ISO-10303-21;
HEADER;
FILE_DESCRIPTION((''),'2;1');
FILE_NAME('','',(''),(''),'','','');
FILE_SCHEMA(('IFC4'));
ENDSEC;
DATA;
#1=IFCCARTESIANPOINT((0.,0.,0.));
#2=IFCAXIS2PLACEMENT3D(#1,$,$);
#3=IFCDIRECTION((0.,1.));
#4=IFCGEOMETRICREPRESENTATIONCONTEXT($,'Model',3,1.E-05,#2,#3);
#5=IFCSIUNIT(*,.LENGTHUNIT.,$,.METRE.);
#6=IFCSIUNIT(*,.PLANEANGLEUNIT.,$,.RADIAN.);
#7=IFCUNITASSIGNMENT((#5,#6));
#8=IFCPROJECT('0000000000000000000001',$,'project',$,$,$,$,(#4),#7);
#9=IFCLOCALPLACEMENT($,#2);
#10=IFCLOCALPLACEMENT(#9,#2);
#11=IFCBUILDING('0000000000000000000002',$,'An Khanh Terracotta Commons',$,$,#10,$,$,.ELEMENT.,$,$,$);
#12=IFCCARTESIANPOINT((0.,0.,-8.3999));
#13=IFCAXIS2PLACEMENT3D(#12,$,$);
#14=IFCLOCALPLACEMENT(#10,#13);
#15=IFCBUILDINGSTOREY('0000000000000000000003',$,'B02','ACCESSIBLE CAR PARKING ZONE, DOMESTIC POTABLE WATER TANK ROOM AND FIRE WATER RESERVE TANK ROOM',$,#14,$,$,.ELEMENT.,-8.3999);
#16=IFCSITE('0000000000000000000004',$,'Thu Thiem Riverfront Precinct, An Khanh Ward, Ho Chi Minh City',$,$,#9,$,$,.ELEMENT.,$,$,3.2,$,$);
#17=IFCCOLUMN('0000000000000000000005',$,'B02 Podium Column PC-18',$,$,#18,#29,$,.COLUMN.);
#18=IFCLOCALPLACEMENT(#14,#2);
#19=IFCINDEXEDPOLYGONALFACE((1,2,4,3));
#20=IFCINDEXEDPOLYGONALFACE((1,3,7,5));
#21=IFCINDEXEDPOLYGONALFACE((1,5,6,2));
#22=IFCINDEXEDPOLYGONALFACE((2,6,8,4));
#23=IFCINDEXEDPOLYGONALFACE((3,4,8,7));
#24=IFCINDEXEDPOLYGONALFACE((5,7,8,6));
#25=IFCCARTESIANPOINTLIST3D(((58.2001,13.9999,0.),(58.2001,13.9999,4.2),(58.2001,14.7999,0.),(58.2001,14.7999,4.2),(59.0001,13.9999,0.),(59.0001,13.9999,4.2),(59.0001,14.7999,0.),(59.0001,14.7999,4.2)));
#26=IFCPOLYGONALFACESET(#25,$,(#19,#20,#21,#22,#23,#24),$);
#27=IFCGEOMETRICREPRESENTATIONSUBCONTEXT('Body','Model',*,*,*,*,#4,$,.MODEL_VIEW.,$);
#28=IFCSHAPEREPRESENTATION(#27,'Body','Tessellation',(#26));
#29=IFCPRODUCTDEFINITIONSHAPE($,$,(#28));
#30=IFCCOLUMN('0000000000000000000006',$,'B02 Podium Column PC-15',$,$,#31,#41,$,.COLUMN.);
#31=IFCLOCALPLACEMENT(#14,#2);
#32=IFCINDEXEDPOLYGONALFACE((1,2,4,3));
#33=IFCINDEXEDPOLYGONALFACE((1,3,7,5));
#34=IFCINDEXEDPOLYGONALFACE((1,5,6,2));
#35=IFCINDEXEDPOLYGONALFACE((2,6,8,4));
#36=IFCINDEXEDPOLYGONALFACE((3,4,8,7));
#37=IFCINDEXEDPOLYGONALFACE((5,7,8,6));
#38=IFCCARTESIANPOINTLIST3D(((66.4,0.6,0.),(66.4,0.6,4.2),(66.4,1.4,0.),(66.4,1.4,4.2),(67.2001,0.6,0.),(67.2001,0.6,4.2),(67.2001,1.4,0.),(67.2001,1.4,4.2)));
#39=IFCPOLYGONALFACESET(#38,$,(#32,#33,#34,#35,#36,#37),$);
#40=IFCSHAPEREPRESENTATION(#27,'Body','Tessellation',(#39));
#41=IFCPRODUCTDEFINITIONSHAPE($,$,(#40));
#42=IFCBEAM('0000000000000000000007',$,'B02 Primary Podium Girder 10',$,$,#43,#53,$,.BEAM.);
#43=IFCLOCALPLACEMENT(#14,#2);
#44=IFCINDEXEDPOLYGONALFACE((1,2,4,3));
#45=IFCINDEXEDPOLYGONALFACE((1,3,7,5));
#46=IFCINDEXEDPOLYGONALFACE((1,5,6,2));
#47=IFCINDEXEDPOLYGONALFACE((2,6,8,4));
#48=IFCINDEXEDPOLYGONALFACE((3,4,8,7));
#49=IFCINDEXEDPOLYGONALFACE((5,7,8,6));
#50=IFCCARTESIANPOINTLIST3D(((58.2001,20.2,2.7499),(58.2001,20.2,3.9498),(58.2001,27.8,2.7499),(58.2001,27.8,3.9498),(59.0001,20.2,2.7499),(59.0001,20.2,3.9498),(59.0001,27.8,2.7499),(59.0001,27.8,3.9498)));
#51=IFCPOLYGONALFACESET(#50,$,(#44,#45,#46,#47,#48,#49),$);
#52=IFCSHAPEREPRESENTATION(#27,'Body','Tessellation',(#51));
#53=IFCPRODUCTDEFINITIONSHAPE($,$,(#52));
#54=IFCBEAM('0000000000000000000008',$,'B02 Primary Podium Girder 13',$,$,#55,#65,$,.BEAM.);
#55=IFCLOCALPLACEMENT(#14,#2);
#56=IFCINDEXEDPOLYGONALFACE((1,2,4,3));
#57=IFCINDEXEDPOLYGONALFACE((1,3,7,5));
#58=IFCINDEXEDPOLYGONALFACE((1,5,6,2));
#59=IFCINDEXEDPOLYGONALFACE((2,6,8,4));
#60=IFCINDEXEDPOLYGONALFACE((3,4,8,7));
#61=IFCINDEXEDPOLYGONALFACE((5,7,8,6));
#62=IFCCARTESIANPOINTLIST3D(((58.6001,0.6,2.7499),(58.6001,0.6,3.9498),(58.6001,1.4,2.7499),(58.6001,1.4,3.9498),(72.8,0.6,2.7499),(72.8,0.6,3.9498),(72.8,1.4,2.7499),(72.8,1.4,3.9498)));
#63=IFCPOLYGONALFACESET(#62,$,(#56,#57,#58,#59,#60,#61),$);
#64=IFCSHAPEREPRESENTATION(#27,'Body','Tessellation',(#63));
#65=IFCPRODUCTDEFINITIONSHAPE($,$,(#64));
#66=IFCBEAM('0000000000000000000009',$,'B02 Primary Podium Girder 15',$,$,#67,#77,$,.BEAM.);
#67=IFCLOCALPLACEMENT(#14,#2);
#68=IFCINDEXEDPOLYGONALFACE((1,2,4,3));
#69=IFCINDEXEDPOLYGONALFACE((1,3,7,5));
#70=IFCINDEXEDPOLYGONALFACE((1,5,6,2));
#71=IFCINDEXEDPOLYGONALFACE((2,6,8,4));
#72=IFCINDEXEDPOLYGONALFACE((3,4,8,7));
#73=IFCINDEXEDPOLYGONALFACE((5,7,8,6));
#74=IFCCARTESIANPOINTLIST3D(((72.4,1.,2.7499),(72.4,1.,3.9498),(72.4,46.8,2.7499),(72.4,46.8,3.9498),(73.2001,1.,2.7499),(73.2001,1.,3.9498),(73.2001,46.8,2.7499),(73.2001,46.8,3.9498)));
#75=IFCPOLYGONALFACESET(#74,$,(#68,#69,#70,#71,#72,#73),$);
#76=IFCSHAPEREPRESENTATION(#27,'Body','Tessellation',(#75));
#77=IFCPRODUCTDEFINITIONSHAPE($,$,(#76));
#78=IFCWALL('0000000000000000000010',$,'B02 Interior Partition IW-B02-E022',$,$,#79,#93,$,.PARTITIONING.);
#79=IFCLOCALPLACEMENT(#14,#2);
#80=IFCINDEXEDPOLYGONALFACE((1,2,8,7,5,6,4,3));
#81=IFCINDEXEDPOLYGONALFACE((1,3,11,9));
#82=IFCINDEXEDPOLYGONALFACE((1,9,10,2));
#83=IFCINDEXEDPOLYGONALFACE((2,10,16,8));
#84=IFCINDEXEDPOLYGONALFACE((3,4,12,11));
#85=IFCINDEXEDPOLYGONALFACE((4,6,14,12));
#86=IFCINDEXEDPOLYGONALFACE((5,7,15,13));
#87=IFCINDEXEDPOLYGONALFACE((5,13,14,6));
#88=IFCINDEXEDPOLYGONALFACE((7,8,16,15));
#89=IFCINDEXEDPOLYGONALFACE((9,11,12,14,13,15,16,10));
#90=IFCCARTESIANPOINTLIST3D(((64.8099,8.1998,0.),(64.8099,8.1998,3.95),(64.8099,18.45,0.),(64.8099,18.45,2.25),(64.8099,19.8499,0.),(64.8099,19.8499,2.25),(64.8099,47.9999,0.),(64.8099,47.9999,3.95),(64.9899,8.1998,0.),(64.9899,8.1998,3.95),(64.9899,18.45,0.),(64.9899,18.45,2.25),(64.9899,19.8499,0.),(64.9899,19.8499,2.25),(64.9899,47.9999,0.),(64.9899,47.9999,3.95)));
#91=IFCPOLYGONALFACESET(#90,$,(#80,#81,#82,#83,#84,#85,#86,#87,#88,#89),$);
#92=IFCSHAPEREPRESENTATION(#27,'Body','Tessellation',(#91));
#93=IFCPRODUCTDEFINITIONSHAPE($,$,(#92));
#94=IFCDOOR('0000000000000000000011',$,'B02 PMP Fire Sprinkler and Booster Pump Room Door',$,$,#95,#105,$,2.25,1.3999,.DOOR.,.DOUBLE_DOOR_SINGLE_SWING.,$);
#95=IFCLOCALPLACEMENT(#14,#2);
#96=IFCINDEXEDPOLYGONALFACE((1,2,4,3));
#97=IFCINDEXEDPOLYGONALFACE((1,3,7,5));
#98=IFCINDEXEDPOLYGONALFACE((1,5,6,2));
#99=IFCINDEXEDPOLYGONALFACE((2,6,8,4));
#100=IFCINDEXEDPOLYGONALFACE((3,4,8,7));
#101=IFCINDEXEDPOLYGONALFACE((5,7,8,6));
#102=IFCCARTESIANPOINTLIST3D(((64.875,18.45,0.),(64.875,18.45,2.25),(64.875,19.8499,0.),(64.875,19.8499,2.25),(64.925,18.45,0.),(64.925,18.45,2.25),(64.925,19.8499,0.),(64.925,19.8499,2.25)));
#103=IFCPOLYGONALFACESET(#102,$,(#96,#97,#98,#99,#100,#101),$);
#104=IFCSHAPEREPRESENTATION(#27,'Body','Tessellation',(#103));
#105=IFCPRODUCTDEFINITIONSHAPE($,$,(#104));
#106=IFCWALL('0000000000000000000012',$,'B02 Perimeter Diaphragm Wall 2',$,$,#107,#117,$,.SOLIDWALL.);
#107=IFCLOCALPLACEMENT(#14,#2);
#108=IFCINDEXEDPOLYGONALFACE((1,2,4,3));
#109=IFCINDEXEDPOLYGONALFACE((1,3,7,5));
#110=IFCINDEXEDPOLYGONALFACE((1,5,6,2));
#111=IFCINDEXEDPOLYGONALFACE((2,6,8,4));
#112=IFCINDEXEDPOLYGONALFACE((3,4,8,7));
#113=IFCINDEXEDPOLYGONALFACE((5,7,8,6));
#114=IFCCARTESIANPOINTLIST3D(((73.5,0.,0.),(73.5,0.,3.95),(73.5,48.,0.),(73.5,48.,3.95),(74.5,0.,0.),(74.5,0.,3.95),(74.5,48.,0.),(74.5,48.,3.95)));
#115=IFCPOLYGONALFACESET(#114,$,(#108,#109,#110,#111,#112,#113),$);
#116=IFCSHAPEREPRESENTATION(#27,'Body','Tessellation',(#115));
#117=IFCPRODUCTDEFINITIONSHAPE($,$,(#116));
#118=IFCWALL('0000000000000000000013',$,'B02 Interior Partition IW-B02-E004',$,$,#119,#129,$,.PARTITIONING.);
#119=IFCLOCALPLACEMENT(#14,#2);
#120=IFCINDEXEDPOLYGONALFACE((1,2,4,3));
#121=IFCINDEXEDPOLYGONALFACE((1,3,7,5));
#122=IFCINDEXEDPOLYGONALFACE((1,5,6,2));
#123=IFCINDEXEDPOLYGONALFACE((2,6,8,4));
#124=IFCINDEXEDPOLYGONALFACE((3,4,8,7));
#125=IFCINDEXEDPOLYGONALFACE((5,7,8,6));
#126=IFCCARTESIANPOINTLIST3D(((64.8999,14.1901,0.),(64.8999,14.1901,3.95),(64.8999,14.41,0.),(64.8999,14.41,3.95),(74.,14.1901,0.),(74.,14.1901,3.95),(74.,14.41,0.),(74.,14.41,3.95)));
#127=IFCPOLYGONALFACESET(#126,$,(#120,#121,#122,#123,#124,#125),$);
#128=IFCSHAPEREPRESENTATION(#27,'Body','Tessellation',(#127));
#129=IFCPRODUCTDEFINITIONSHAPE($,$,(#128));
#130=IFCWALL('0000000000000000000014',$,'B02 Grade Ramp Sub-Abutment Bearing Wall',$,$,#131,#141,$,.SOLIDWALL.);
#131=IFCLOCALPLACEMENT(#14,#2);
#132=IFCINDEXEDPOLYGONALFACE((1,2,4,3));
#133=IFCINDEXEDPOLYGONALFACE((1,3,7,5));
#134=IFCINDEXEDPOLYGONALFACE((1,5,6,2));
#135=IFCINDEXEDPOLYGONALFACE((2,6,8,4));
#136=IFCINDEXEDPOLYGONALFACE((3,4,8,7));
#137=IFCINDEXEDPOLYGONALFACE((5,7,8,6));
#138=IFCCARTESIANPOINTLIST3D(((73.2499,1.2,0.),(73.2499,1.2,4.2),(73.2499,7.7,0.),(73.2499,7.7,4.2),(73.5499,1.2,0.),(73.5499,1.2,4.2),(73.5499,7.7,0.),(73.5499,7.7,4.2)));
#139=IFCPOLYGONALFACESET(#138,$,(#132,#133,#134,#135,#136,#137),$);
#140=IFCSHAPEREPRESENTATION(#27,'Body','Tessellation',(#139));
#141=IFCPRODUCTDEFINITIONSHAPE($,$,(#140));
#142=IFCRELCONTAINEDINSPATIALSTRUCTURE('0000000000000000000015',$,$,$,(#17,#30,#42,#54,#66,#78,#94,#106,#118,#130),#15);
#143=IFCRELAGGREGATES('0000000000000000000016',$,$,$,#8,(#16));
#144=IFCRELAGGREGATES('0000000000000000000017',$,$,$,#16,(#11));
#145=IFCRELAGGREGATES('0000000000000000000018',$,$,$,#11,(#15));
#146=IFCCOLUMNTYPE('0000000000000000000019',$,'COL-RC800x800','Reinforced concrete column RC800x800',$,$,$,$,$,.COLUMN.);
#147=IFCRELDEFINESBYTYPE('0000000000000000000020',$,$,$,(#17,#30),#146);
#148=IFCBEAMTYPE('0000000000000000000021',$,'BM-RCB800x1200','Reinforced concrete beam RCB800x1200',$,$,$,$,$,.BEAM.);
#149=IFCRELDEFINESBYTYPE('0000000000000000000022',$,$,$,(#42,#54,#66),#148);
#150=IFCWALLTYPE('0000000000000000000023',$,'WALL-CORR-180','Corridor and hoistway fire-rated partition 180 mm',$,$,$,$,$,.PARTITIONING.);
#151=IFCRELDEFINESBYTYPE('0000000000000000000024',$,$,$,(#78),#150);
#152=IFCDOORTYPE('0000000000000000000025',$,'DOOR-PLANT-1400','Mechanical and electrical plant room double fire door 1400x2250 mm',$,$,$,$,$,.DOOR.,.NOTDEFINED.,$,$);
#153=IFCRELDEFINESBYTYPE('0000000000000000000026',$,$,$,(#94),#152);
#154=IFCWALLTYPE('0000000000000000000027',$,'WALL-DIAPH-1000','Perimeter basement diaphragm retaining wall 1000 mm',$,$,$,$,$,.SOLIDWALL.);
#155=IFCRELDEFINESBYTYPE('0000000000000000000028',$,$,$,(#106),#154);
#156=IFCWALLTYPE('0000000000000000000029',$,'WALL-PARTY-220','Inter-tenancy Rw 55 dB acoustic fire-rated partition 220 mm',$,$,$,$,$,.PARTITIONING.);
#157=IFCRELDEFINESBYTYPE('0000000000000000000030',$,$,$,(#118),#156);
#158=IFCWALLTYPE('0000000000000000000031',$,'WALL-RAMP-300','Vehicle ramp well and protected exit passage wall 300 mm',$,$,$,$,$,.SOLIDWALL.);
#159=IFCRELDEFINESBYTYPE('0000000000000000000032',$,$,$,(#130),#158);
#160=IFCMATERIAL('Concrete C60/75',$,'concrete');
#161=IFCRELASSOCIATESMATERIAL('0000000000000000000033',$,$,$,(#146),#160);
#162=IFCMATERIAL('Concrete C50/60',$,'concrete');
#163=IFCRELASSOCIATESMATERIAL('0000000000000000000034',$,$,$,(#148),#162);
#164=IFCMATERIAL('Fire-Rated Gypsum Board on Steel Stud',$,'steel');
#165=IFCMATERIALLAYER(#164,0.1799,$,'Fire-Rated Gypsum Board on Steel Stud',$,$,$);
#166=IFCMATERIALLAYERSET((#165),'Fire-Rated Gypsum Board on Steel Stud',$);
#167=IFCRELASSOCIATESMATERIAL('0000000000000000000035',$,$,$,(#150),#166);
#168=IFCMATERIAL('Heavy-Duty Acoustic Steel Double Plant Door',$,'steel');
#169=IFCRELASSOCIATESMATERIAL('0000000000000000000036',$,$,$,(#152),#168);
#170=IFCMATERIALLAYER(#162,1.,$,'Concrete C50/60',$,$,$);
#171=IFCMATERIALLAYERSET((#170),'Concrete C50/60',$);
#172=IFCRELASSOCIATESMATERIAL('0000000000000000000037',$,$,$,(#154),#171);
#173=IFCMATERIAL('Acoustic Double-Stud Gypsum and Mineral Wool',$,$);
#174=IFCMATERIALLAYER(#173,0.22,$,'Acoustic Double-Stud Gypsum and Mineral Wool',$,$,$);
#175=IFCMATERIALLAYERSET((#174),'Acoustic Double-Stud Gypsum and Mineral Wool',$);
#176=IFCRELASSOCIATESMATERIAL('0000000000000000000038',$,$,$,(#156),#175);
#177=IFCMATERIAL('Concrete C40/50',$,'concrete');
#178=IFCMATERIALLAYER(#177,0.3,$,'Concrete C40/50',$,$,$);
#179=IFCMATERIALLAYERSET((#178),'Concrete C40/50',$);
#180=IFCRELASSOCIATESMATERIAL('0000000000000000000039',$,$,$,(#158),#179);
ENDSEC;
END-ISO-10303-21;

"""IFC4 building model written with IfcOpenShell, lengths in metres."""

from ifc_helpers import new_model, si_unit, direction, frame, frame_2d, origin, origin_2d, place, context, subcontext, project, spatial, rectangle, extrude, material, layer, layer_set, material_profile, profile_set, type_object, element, fill, save


model = new_model("IFC4")

# Units and contexts
model_context = context("Model", 3, precision=1e-05, world=origin(), true_north=direction((0.0, 1.0)))
body_context = subcontext(model_context, "Body", "Model", "MODEL_VIEW")
ifc_project = project(units=[si_unit("LENGTHUNIT", "METRE"), si_unit("PLANEANGLEUNIT", "RADIAN")], contexts=[model_context])

# Site, building, storey
site_placement = place(None, origin())
site = spatial("IfcSite", under=ifc_project, at=site_placement, Name="Thu Thiem Riverfront Precinct, An Khanh Ward, Ho Chi Minh City", CompositionType="ELEMENT", RefElevation=3.2)
building_placement = place(site_placement, origin())
building = spatial("IfcBuilding", under=site, at=building_placement, Name="An Khanh Terracotta Commons", CompositionType="ELEMENT")
storey_placement = place(building_placement, frame((0.0, 0.0, -8.3999)))
storey = spatial("IfcBuildingStorey", under=building, at=storey_placement, Name="B02", Description="ACCESSIBLE CAR PARKING ZONE, DOMESTIC POTABLE WATER TANK ROOM AND FIRE WATER RESERVE TANK ROOM", CompositionType="ELEMENT", Elevation=-8.3999)

# Shared definitions
ifc_material_1 = material(Name="Concrete C50/60", Category="concrete")

# Columns
ifc_material_2 = material(Name="Concrete C60/75", Category="concrete")
ifc_material_profile_1 = material_profile(ifc_material_2, rectangle(XDim=0.8, YDim=0.8, at=origin_2d()), Name="RC800x800")
ifc_profile_set_1 = profile_set([ifc_material_profile_1], Name="Concrete C60/75")
column_type = type_object("IfcColumnType", Name="COL-RC800x800", Description="Reinforced concrete column RC800x800", PredefinedType="COLUMN", material=ifc_profile_set_1)
for number, where, z_axis, x_axis, name in (
    (1, (58.6001, 14.3999, 0.0), (0.0, 0.0, 1.0), (1.0, 0.0, 0.0), "B02 Podium Column PC-18"),
    (2, (66.8, 1.0, 0.0), (0.0, 0.0, 1.0), (1.0, 0.0, 0.0), "B02 Podium Column PC-15"),
):
    element("IfcColumn", number, at=place(storey_placement, frame(where, z_axis=z_axis, x_axis=x_axis)), inside=storey, type_object=column_type, Name=name, PredefinedType="COLUMN", context=body_context, shape_type="SweptSolid", body=[
        extrude(rectangle(XDim=0.8, YDim=0.8, at=origin_2d()), origin(), (0.0, 0.0, 1.0), 4.2),
    ])

# Beams
ifc_material_profile_2 = material_profile(ifc_material_1, rectangle(XDim=0.8, YDim=1.2, at=origin_2d()), Name="RCB800x1200")
ifc_profile_set_2 = profile_set([ifc_material_profile_2], Name="Concrete C50/60")
beam_type = type_object("IfcBeamType", Name="BM-RCB800x1200", Description="Reinforced concrete beam RCB800x1200", PredefinedType="BEAM", material=ifc_profile_set_2)
beam_1_placement = place(storey_placement, frame((58.6001, 20.2, 3.3499), z_axis=(0.0, 1.0, 0.0), x_axis=(-1.0, 0.0, 0.0)))
element("IfcBeam", 3, at=beam_1_placement, inside=storey, type_object=beam_type, Name="B02 Primary Podium Girder 10", PredefinedType="BEAM", context=body_context, shape_type="SweptSolid", body=[
    extrude(rectangle(XDim=0.8, YDim=1.2, at=origin_2d()), origin(), (0.0, 0.0, 1.0), 7.6001),
])
beam_2_placement = place(storey_placement, frame((58.6001, 1.0, 3.3499), z_axis=(1.0, 0.0, 0.0), x_axis=(0.0, 1.0, 0.0)))
element("IfcBeam", 4, at=beam_2_placement, inside=storey, type_object=beam_type, Name="B02 Primary Podium Girder 13", PredefinedType="BEAM", context=body_context, shape_type="SweptSolid", body=[
    extrude(rectangle(XDim=0.8, YDim=1.2, at=origin_2d()), origin(), (0.0, 0.0, 1.0), 14.2),
])
beam_3_placement = place(storey_placement, frame((72.8, 1.0, 3.3499), z_axis=(0.0, 1.0, 0.0), x_axis=(-1.0, 0.0, 0.0)))
element("IfcBeam", 5, at=beam_3_placement, inside=storey, type_object=beam_type, Name="B02 Primary Podium Girder 15", PredefinedType="BEAM", context=body_context, shape_type="SweptSolid", body=[
    extrude(rectangle(XDim=0.8, YDim=1.2, at=origin_2d()), origin(), (0.0, 0.0, 1.0), 45.8),
])

# Wall, opening, door
ifc_material_3 = material(Name="Fire-Rated Gypsum Board on Steel Stud", Category="steel")
ifc_layer_1 = layer(ifc_material_3, 0.1799, Name="Fire-Rated Gypsum Board on Steel Stud")
ifc_layer_set_1 = layer_set([ifc_layer_1], Name="Fire-Rated Gypsum Board on Steel Stud")
wall_type_1 = type_object("IfcWallType", Name="WALL-CORR-180", Description="Corridor and hoistway fire-rated partition 180 mm", PredefinedType="PARTITIONING", material=ifc_layer_set_1)
wall_1_placement = place(storey_placement, frame((64.8999, 8.2, 0.0), z_axis=(0.0, 0.0, 1.0), x_axis=(0.0, 1.0, 0.0)))
wall_1 = element("IfcWall", 6, at=wall_1_placement, inside=storey, type_object=wall_type_1, Name="B02 Interior Partition IW-B02-E022", PredefinedType="PARTITIONING", context=body_context, shape_type="SweptSolid", body=[
    extrude(rectangle(XDim=39.8, YDim=0.1799, at=frame_2d((19.8999, 0.0))), origin(), (0.0, 0.0, 1.0), 3.95),
])
opening_placement = place(wall_1_placement, frame((10.25, 0.0, 0.0)))
opening = element("IfcOpeningElement", 7, at=opening_placement, cuts=wall_1, PredefinedType="OPENING", context=body_context, shape_type="SweptSolid", body=[
    extrude(rectangle(XDim=1.3999, YDim=2.25, at=frame_2d((0.7, 1.125))), frame((0.0, 0.0999, 0.0), z_axis=(0.0, -1.0, 0.0), x_axis=(1.0, 0.0, 0.0)), (0.0, 0.0, 1.0), 0.2),
])
ifc_material_4 = material(Name="Heavy-Duty Acoustic Steel Double Plant Door", Category="steel")
door_type = type_object("IfcDoorType", Name="DOOR-PLANT-1400", Description="Mechanical and electrical plant room double fire door 1400x2250 mm", OperationType="NOTDEFINED", PredefinedType="DOOR", material=ifc_material_4)
door_placement = place(opening_placement, origin())
door = element("IfcDoor", 8, at=door_placement, inside=storey, type_object=door_type, Name="B02 PMP Fire Sprinkler and Booster Pump Room Door", OperationType="DOUBLE_DOOR_SINGLE_SWING", OverallHeight=2.25, OverallWidth=1.3999, PredefinedType="DOOR", context=body_context, shape_type="SweptSolid", body=[
    extrude(rectangle(XDim=1.3999, YDim=2.25, at=frame_2d((0.7, 1.125))), frame((0.0, 0.0249, 0.0), z_axis=(0.0, -1.0, 0.0), x_axis=(1.0, 0.0, 0.0)), (0.0, 0.0, 1.0), 0.05),
])
fill(opening, door)

# Walls
ifc_layer_2 = layer(ifc_material_1, 1.0, Name="Concrete C50/60")
ifc_layer_set_2 = layer_set([ifc_layer_2], Name="Concrete C50/60")
wall_type_2 = type_object("IfcWallType", Name="WALL-DIAPH-1000", Description="Perimeter basement diaphragm retaining wall 1000 mm", PredefinedType="SOLIDWALL", material=ifc_layer_set_2)
wall_2_placement = place(storey_placement, frame((74.0, 0.0, 0.0), z_axis=(0.0, 0.0, 1.0), x_axis=(0.0, 1.0, 0.0)))
element("IfcWall", 9, at=wall_2_placement, inside=storey, type_object=wall_type_2, Name="B02 Perimeter Diaphragm Wall 2", PredefinedType="SOLIDWALL", context=body_context, shape_type="SweptSolid", body=[
    extrude(rectangle(XDim=48.0, YDim=1.0, at=frame_2d((24.0, 0.0))), origin(), (0.0, 0.0, 1.0), 3.95),
])
ifc_material_5 = material(Name="Acoustic Double-Stud Gypsum and Mineral Wool")
ifc_layer_3 = layer(ifc_material_5, 0.22, Name="Acoustic Double-Stud Gypsum and Mineral Wool")
ifc_layer_set_3 = layer_set([ifc_layer_3], Name="Acoustic Double-Stud Gypsum and Mineral Wool")
wall_type_3 = type_object("IfcWallType", Name="WALL-PARTY-220", Description="Inter-tenancy Rw 55 dB acoustic fire-rated partition 220 mm", PredefinedType="PARTITIONING", material=ifc_layer_set_3)
wall_3_placement = place(storey_placement, frame((64.8999, 14.3, 0.0), z_axis=(0.0, 0.0, 1.0), x_axis=(1.0, 0.0, 0.0)))
element("IfcWall", 10, at=wall_3_placement, inside=storey, type_object=wall_type_3, Name="B02 Interior Partition IW-B02-E004", PredefinedType="PARTITIONING", context=body_context, shape_type="SweptSolid", body=[
    extrude(rectangle(XDim=9.1001, YDim=0.22, at=frame_2d((4.55, 0.0))), origin(), (0.0, 0.0, 1.0), 3.95),
])
ifc_material_6 = material(Name="Concrete C40/50", Category="concrete")
ifc_layer_4 = layer(ifc_material_6, 0.3, Name="Concrete C40/50")
ifc_layer_set_4 = layer_set([ifc_layer_4], Name="Concrete C40/50")
wall_type_4 = type_object("IfcWallType", Name="WALL-RAMP-300", Description="Vehicle ramp well and protected exit passage wall 300 mm", PredefinedType="SOLIDWALL", material=ifc_layer_set_4)
wall_4_placement = place(storey_placement, frame((73.3999, 1.2, 0.0), z_axis=(0.0, 0.0, 1.0), x_axis=(0.0, 1.0, 0.0)))
element("IfcWall", 11, at=wall_4_placement, inside=storey, type_object=wall_type_4, Name="B02 Grade Ramp Sub-Abutment Bearing Wall", PredefinedType="SOLIDWALL", context=body_context, shape_type="SweptSolid", body=[
    extrude(rectangle(XDim=6.5, YDim=0.3, at=frame_2d((3.25, 0.0))), origin(), (0.0, 0.0, 1.0), 4.2),
])

save(model, "model.ifc")
